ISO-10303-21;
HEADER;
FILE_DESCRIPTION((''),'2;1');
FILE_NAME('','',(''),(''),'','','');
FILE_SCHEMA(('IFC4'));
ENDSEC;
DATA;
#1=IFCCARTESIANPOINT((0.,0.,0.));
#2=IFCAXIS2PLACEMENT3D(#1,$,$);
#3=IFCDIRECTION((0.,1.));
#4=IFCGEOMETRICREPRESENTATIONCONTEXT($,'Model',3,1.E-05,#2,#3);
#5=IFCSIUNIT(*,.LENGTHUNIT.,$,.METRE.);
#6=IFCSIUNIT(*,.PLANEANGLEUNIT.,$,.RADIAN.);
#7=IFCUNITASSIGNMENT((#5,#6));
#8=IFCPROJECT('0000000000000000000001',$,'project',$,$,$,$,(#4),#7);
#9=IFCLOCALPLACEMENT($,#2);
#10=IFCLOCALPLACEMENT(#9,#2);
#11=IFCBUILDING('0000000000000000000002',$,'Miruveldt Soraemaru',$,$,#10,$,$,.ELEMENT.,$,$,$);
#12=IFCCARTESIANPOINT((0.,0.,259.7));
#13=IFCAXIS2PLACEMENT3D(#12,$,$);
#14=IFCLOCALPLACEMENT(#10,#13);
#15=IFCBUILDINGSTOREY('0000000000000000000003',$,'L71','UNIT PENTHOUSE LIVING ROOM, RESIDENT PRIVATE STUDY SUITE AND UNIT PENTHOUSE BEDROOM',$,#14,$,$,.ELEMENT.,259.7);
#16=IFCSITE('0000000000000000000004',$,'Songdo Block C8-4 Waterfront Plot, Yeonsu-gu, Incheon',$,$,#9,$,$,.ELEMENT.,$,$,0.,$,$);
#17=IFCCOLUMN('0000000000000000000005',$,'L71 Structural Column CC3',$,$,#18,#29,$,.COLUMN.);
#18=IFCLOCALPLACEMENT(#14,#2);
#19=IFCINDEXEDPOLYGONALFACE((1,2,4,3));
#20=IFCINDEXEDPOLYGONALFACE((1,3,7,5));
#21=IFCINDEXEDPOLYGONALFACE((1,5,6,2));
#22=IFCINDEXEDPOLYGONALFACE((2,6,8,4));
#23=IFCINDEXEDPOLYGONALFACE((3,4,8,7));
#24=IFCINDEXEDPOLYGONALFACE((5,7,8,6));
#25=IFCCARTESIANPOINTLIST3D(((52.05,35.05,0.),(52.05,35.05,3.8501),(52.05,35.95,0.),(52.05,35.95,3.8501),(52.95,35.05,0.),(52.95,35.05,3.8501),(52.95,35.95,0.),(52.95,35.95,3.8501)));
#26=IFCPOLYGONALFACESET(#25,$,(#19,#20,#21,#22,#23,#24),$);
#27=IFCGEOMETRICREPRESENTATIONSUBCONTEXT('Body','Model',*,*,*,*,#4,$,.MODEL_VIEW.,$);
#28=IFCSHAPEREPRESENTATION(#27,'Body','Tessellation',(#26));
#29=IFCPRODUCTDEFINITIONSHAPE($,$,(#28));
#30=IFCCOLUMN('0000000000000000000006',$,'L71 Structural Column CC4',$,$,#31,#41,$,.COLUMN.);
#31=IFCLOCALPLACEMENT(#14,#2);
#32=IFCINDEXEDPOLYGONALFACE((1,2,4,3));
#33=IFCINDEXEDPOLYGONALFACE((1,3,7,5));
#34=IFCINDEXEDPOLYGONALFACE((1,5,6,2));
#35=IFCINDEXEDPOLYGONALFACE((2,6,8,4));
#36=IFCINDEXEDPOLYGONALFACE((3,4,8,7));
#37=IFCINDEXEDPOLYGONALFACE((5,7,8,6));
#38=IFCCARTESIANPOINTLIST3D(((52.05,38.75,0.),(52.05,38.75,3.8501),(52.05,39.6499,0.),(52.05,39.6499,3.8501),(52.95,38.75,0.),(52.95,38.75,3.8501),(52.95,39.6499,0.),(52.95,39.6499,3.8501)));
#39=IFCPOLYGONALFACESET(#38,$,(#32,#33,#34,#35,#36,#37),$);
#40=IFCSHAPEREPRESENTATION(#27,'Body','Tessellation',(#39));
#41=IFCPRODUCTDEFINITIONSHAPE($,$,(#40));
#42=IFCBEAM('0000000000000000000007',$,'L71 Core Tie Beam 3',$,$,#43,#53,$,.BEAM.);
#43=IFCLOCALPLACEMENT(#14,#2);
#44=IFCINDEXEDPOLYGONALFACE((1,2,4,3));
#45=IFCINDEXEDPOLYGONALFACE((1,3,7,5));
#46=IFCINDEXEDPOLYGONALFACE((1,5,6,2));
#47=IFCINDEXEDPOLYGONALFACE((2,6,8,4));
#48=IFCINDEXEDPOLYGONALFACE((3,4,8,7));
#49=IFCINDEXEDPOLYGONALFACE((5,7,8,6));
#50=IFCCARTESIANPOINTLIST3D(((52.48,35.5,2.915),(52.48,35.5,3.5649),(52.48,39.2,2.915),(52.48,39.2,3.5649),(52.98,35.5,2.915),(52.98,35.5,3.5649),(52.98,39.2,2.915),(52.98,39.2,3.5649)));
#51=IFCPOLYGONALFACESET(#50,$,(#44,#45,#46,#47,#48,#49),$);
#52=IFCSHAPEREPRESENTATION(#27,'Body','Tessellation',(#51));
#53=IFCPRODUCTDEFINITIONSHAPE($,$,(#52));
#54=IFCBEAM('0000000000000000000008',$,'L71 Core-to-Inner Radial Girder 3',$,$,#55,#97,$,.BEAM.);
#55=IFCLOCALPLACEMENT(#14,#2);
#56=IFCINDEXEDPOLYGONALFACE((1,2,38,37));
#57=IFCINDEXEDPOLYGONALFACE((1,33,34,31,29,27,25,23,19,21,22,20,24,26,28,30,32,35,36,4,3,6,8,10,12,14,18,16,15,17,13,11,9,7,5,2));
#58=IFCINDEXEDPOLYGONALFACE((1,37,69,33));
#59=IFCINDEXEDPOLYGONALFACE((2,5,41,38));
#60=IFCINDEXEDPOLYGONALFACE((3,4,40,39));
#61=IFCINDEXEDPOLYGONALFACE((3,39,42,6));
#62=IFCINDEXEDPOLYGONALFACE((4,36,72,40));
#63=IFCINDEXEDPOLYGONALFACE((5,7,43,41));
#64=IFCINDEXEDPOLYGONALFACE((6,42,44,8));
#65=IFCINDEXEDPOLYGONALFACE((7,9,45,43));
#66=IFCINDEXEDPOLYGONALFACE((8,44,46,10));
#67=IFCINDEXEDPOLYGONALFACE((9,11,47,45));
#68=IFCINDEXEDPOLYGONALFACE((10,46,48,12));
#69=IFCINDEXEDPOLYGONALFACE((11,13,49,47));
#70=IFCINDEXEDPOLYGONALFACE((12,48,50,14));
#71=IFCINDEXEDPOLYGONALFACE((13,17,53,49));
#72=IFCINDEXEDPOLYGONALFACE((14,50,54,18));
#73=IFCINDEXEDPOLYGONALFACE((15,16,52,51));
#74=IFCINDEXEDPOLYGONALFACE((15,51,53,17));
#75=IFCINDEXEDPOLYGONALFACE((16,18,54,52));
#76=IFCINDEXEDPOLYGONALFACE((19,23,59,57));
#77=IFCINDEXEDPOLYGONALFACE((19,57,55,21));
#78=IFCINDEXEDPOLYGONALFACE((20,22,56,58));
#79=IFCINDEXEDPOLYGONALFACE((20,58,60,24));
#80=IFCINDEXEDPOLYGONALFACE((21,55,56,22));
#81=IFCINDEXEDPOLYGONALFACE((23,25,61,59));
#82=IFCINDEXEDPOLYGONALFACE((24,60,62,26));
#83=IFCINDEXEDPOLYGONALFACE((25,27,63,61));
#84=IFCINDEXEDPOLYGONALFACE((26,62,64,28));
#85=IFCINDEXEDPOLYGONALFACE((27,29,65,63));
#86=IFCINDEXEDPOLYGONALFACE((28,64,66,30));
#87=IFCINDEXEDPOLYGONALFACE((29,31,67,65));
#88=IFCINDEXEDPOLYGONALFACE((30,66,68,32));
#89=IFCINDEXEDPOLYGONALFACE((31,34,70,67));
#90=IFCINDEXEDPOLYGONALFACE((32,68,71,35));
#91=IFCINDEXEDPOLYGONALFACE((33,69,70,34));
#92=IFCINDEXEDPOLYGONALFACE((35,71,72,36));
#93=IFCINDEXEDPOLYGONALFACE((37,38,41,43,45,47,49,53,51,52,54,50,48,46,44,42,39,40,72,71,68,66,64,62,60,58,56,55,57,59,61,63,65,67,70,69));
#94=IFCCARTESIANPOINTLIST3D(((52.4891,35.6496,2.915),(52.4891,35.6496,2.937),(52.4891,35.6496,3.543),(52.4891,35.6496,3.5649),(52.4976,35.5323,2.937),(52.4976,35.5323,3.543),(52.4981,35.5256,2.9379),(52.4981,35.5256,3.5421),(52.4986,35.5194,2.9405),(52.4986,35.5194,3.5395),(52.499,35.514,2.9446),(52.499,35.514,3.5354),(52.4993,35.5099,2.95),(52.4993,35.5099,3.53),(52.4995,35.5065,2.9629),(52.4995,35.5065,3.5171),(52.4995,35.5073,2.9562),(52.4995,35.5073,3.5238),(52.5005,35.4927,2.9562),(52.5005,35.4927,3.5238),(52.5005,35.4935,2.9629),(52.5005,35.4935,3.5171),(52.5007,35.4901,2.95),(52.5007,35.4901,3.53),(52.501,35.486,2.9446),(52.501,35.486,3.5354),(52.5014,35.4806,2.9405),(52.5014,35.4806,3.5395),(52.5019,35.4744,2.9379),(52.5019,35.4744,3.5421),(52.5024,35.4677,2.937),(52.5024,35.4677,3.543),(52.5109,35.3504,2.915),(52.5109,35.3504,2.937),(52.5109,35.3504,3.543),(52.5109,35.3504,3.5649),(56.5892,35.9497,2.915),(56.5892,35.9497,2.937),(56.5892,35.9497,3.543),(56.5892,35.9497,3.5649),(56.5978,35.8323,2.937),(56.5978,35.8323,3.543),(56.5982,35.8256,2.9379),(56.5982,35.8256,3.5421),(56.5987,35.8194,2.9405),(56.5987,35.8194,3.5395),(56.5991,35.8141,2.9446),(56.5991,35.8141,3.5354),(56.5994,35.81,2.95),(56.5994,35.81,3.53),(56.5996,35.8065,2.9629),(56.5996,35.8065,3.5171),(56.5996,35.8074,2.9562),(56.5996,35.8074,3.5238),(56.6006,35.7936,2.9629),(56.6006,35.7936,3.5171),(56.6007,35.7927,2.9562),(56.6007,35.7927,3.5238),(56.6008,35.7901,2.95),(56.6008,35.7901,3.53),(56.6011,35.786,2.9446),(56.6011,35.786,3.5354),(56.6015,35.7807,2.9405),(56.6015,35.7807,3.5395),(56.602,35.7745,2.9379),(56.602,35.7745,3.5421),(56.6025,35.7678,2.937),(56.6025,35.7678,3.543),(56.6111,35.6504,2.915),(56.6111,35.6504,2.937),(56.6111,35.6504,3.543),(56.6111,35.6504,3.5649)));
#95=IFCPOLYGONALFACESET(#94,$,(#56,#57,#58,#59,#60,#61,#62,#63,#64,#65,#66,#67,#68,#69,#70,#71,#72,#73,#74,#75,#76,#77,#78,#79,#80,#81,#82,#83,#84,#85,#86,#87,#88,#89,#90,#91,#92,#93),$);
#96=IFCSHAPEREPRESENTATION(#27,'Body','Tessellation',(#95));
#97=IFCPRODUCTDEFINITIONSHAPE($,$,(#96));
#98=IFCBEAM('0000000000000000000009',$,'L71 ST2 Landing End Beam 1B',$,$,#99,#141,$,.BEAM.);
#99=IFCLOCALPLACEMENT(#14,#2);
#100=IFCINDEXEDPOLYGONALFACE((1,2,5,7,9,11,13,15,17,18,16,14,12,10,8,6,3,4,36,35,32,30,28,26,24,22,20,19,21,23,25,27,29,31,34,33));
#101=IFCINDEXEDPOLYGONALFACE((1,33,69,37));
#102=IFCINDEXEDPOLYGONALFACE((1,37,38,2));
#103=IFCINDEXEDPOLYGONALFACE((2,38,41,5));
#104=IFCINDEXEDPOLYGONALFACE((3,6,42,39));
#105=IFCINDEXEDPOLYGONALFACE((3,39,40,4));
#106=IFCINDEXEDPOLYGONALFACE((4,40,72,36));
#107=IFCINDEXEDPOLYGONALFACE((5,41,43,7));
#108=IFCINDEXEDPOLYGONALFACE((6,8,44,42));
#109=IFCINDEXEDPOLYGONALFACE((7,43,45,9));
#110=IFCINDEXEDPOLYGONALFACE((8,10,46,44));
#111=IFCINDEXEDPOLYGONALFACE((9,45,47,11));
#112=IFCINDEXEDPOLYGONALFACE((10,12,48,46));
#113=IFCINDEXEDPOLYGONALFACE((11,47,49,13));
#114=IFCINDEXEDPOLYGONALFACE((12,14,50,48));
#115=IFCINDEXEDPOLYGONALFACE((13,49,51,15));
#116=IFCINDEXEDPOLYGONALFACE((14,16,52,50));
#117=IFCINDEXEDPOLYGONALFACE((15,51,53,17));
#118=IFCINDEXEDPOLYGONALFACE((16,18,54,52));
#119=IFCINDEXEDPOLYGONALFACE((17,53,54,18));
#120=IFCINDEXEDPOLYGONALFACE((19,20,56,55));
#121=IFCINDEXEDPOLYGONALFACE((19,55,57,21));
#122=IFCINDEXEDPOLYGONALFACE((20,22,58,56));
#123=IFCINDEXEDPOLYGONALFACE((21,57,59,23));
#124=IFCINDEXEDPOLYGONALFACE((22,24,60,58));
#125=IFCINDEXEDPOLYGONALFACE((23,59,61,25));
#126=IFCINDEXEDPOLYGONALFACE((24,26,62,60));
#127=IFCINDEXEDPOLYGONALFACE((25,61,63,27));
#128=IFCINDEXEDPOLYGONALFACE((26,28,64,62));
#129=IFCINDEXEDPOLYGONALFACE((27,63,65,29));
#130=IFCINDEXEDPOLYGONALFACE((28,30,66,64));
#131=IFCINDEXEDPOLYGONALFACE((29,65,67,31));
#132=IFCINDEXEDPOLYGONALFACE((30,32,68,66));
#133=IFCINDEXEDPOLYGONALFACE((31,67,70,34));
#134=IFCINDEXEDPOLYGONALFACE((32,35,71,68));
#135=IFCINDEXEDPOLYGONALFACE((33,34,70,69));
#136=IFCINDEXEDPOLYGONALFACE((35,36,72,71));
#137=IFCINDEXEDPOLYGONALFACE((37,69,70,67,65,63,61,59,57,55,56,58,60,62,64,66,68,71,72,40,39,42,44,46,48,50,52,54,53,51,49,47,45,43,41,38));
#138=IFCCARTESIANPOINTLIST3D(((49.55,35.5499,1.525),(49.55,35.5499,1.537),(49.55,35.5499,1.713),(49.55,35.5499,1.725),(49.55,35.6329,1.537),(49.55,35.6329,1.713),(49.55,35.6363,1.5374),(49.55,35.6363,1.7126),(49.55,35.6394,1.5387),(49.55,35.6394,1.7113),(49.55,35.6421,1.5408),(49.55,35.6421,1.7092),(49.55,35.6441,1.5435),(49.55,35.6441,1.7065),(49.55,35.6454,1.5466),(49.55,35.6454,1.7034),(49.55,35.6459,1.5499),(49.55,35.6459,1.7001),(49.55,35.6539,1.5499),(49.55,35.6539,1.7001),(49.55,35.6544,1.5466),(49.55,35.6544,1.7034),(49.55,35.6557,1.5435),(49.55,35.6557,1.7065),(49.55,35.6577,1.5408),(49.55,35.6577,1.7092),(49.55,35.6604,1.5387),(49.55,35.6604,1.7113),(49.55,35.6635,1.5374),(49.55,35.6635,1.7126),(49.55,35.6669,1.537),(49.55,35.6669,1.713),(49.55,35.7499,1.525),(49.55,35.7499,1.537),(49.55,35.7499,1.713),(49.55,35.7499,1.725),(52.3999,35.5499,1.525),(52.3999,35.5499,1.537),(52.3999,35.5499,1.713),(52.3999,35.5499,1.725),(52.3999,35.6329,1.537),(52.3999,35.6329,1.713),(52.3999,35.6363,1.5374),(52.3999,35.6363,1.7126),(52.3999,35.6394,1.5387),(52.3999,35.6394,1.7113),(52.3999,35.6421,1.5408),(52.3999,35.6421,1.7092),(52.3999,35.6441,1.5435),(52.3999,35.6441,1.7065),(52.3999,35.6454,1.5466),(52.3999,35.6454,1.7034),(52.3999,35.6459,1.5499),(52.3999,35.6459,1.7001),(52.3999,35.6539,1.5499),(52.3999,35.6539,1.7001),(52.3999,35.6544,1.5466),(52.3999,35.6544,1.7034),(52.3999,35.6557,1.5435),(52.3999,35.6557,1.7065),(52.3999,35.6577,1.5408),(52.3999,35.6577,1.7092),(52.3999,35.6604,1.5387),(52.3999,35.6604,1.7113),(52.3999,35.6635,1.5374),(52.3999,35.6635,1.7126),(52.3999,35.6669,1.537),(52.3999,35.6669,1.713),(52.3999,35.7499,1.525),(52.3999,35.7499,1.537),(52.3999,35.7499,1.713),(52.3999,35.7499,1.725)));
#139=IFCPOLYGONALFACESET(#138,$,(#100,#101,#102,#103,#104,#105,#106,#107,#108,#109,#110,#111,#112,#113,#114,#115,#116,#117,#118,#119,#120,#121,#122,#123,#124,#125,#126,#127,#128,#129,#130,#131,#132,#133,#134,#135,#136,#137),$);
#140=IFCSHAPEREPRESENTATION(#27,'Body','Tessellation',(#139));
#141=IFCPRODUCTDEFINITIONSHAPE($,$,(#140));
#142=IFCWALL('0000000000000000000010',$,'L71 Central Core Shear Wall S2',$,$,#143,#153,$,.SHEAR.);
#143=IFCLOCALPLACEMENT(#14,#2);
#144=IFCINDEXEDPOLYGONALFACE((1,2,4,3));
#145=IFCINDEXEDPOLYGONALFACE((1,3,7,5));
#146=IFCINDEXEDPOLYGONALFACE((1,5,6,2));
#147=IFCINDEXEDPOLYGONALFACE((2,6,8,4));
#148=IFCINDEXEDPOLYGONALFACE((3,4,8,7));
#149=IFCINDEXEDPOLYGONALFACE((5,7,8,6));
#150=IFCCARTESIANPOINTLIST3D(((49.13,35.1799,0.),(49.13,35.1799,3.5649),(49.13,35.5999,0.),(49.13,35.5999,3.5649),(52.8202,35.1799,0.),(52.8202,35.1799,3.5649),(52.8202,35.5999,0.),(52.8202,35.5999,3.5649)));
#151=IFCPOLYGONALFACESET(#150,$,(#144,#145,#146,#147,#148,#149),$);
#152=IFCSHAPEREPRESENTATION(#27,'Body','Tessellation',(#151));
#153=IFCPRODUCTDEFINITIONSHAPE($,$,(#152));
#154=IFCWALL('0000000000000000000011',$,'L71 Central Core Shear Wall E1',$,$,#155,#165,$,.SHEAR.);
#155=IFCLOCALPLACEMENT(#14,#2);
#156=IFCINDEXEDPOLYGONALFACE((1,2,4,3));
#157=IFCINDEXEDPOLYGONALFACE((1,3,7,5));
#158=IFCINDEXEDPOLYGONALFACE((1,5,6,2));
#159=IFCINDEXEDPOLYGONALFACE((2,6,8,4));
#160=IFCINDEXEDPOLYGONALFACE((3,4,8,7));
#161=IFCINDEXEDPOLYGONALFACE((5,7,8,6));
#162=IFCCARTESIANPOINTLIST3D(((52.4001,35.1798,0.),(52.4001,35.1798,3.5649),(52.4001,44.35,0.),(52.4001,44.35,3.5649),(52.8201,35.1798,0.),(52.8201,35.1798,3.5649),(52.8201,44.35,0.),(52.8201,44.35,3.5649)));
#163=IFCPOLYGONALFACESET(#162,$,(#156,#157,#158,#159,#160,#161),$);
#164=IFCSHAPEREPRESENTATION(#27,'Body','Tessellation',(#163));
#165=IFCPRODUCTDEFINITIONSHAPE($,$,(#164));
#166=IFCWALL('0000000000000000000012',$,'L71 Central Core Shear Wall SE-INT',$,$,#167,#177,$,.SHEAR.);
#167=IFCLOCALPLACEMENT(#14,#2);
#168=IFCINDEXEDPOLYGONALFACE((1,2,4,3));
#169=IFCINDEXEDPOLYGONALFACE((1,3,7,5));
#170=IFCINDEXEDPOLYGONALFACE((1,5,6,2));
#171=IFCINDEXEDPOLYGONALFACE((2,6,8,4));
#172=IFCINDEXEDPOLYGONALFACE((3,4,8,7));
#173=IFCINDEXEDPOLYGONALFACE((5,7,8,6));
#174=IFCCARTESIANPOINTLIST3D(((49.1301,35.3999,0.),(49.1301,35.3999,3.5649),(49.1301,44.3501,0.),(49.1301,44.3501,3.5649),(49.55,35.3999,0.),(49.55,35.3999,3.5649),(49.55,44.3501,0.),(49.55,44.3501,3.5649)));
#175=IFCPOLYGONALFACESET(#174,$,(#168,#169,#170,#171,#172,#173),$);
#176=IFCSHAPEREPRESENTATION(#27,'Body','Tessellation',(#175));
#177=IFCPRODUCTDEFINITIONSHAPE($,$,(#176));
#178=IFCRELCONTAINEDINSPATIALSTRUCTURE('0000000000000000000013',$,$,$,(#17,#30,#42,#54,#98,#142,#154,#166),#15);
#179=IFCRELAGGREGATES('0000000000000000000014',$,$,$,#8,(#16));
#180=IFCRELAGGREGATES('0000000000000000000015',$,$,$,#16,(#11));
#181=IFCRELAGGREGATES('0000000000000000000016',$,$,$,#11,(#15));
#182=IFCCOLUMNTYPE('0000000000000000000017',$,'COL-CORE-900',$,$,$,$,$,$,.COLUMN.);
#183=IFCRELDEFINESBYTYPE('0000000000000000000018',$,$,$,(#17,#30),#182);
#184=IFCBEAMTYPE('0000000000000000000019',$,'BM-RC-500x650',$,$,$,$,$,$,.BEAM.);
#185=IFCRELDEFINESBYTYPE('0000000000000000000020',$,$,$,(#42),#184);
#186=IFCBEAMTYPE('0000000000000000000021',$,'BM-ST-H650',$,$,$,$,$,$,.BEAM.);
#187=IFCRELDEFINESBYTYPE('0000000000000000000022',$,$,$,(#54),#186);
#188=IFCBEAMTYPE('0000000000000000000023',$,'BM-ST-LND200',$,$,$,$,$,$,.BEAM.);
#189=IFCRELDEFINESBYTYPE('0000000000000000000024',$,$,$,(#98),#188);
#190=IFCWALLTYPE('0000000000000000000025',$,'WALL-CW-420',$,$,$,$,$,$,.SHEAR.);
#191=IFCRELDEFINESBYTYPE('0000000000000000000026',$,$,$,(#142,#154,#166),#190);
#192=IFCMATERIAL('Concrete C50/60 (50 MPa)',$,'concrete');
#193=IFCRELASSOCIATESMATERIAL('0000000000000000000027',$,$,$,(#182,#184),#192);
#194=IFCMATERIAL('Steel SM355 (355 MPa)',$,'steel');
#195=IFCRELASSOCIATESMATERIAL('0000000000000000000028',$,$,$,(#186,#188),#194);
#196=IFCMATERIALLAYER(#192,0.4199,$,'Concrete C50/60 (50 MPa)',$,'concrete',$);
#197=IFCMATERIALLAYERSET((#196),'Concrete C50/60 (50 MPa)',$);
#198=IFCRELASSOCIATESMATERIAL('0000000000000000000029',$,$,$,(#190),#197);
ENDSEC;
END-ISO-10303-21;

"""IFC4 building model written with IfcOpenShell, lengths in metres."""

from ifc_helpers import new_model, si_unit, direction, frame, frame_2d, origin, origin_2d, place, context, subcontext, project, spatial, rectangle, i_section, extrude, material, layer, layer_set, material_profile, profile_set, type_object, element, save


model = new_model("IFC4")

# Units and contexts
model_context = context("Model", 3, precision=1e-05, world=origin(), true_north=direction((0.0, 1.0)))
body_context = subcontext(model_context, "Body", "Model", "MODEL_VIEW")
ifc_project = project(units=[si_unit("LENGTHUNIT", "METRE"), si_unit("PLANEANGLEUNIT", "RADIAN")], contexts=[model_context])

# Site, building, storey
site_placement = place(None, origin())
site = spatial("IfcSite", under=ifc_project, at=site_placement, Name="Songdo Block C8-4 Waterfront Plot, Yeonsu-gu, Incheon", CompositionType="ELEMENT", RefElevation=0.0)
building_placement = place(site_placement, origin())
building = spatial("IfcBuilding", under=site, at=building_placement, Name="Miruveldt Soraemaru", CompositionType="ELEMENT")
storey_placement = place(building_placement, frame((0.0, 0.0, 259.7)))
storey = spatial("IfcBuildingStorey", under=building, at=storey_placement, Name="L71", Description="UNIT PENTHOUSE LIVING ROOM, RESIDENT PRIVATE STUDY SUITE AND UNIT PENTHOUSE BEDROOM", CompositionType="ELEMENT", Elevation=259.7)

# Columns
ifc_material_1 = material(Name="Concrete C50/60 (50 MPa)", Category="concrete")
ifc_material_profile_1 = material_profile(ifc_material_1, rectangle(XDim=0.8999, YDim=0.8999, at=origin_2d()), Name="Concrete C50/60 (50 MPa)", Category="concrete")
ifc_profile_set_1 = profile_set([ifc_material_profile_1], Name="Concrete C50/60 (50 MPa)")
column_type = type_object("IfcColumnType", Name="COL-CORE-900", PredefinedType="COLUMN", material=ifc_profile_set_1)
for number, where, z_axis, x_axis, name in (
    (1, (52.5, 35.5, 0.0), (0.0, 0.0, 1.0), (1.0, 0.0, 0.0), "L71 Structural Column CC3"),
    (2, (52.5, 39.2, 0.0), (0.0, 0.0, 1.0), (1.0, 0.0, 0.0), "L71 Structural Column CC4"),
):
    element("IfcColumn", number, at=place(storey_placement, frame(where, z_axis=z_axis, x_axis=x_axis)), inside=storey, type_object=column_type, Name=name, PredefinedType="COLUMN", context=body_context, shape_type="SweptSolid", body=[
        extrude(rectangle(XDim=0.8999, YDim=0.8999, at=origin_2d()), origin(), (0.0, 0.0, 1.0), 3.8501),
    ])

# Beams
ifc_material_profile_2 = material_profile(ifc_material_1, rectangle(XDim=0.5, YDim=0.6499, at=origin_2d()), Name="Concrete C50/60 (50 MPa)", Category="concrete")
ifc_profile_set_2 = profile_set([ifc_material_profile_2], Name="Concrete C50/60 (50 MPa)")
beam_type_1 = type_object("IfcBeamType", Name="BM-RC-500x650", PredefinedType="BEAM", material=ifc_profile_set_2)
beam_1_placement = place(storey_placement, frame((52.73, 35.5, 3.24), z_axis=(0.0, 1.0, 0.0), x_axis=(-1.0, 0.0, 0.0)))
element("IfcBeam", 3, at=beam_1_placement, inside=storey, type_object=beam_type_1, Name="L71 Core Tie Beam 3", PredefinedType="BEAM", context=body_context, shape_type="SweptSolid", body=[
    extrude(rectangle(XDim=0.5, YDim=0.6499, at=origin_2d()), origin(), (0.0, 0.0, 1.0), 3.7),
])
ifc_material_2 = material(Name="Steel SM355 (355 MPa)", Category="steel")
ifc_material_profile_3 = material_profile(ifc_material_2, i_section(OverallWidth=0.3, OverallDepth=0.6499, WebThickness=0.0129, FlangeThickness=0.022, FilletRadius=0.0259, at=origin_2d()), Name="Steel SM355 (355 MPa)", Category="steel")
ifc_profile_set_3 = profile_set([ifc_material_profile_3], Name="Steel SM355 (355 MPa)")
beam_type_2 = type_object("IfcBeamType", Name="BM-ST-H650", PredefinedType="BEAM", material=ifc_profile_set_3)
beam_2_placement = place(storey_placement, frame((52.5, 35.5, 3.24), z_axis=(0.997333, 0.072986, 0.0), x_axis=(-0.072986, 0.997333, 0.0)))
element("IfcBeam", 4, at=beam_2_placement, inside=storey, type_object=beam_type_2, Name="L71 Core-to-Inner Radial Girder 3", PredefinedType="BEAM", context=body_context, shape_type="SweptSolid", body=[
    extrude(i_section(OverallWidth=0.3, OverallDepth=0.6499, WebThickness=0.0129, FlangeThickness=0.022, FilletRadius=0.0259, at=origin_2d()), origin(), (0.0, 0.0, 1.0), 4.1111),
])
ifc_material_profile_4 = material_profile(ifc_material_2, i_section(OverallWidth=0.2, OverallDepth=0.2, WebThickness=0.0081, FlangeThickness=0.012, FilletRadius=0.0129, at=origin_2d()), Name="Steel SM355 (355 MPa)", Category="steel")
ifc_profile_set_4 = profile_set([ifc_material_profile_4], Name="Steel SM355 (355 MPa)")
beam_type_3 = type_object("IfcBeamType", Name="BM-ST-LND200", PredefinedType="BEAM", material=ifc_profile_set_4)
beam_3_placement = place(storey_placement, frame((49.55, 35.6499, 1.625), z_axis=(1.0, 0.0, 0.0), x_axis=(0.0, 1.0, 0.0)))
element("IfcBeam", 5, at=beam_3_placement, inside=storey, type_object=beam_type_3, Name="L71 ST2 Landing End Beam 1B", PredefinedType="BEAM", context=body_context, shape_type="SweptSolid", body=[
    extrude(i_section(OverallWidth=0.2, OverallDepth=0.2, WebThickness=0.0081, FlangeThickness=0.012, FilletRadius=0.0129, at=origin_2d()), origin(), (0.0, 0.0, 1.0), 2.8499),
])

# Walls
ifc_layer_1 = layer(ifc_material_1, 0.4199, Name="Concrete C50/60 (50 MPa)", Category="concrete")
ifc_layer_set_1 = layer_set([ifc_layer_1], Name="Concrete C50/60 (50 MPa)")
wall_type_1 = type_object("IfcWallType", Name="WALL-CW-420", PredefinedType="SHEAR", material=ifc_layer_set_1)
wall_1_placement = place(storey_placement, frame((49.1299, 35.3899, 0.0), z_axis=(0.0, 0.0, 1.0), x_axis=(1.0, 0.0, 0.0)))
element("IfcWall", 6, at=wall_1_placement, inside=storey, type_object=wall_type_1, Name="L71 Central Core Shear Wall S2", PredefinedType="SHEAR", context=body_context, shape_type="SweptSolid", body=[
    extrude(rectangle(XDim=3.6902, YDim=0.4199, at=frame_2d((1.8452, 0.0))), origin(), (0.0, 0.0, 1.0), 3.5649),
])
wall_2_placement = place(storey_placement, frame((52.6101, 35.1799, 0.0), z_axis=(0.0, 0.0, 1.0), x_axis=(0.0, 1.0, 0.0)))
element("IfcWall", 7, at=wall_2_placement, inside=storey, type_object=wall_type_1, Name="L71 Central Core Shear Wall E1", PredefinedType="SHEAR", context=body_context, shape_type="SweptSolid", body=[
    extrude(rectangle(XDim=9.1702, YDim=0.4199, at=frame_2d((4.585, 0.0))), origin(), (0.0, 0.0, 1.0), 3.5649),
])
wall_3_placement = place(storey_placement, frame((49.3401, 35.3999, 0.0), z_axis=(0.0, 0.0, 1.0), x_axis=(0.0, 1.0, 0.0)))
element("IfcWall", 8, at=wall_3_placement, inside=storey, type_object=wall_type_1, Name="L71 Central Core Shear Wall SE-INT", PredefinedType="SHEAR", context=body_context, shape_type="SweptSolid", body=[
    extrude(rectangle(XDim=8.9502, YDim=0.4199, at=frame_2d((4.4751, 0.0))), origin(), (0.0, 0.0, 1.0), 3.5649),
])

save(model, "model.ifc")
